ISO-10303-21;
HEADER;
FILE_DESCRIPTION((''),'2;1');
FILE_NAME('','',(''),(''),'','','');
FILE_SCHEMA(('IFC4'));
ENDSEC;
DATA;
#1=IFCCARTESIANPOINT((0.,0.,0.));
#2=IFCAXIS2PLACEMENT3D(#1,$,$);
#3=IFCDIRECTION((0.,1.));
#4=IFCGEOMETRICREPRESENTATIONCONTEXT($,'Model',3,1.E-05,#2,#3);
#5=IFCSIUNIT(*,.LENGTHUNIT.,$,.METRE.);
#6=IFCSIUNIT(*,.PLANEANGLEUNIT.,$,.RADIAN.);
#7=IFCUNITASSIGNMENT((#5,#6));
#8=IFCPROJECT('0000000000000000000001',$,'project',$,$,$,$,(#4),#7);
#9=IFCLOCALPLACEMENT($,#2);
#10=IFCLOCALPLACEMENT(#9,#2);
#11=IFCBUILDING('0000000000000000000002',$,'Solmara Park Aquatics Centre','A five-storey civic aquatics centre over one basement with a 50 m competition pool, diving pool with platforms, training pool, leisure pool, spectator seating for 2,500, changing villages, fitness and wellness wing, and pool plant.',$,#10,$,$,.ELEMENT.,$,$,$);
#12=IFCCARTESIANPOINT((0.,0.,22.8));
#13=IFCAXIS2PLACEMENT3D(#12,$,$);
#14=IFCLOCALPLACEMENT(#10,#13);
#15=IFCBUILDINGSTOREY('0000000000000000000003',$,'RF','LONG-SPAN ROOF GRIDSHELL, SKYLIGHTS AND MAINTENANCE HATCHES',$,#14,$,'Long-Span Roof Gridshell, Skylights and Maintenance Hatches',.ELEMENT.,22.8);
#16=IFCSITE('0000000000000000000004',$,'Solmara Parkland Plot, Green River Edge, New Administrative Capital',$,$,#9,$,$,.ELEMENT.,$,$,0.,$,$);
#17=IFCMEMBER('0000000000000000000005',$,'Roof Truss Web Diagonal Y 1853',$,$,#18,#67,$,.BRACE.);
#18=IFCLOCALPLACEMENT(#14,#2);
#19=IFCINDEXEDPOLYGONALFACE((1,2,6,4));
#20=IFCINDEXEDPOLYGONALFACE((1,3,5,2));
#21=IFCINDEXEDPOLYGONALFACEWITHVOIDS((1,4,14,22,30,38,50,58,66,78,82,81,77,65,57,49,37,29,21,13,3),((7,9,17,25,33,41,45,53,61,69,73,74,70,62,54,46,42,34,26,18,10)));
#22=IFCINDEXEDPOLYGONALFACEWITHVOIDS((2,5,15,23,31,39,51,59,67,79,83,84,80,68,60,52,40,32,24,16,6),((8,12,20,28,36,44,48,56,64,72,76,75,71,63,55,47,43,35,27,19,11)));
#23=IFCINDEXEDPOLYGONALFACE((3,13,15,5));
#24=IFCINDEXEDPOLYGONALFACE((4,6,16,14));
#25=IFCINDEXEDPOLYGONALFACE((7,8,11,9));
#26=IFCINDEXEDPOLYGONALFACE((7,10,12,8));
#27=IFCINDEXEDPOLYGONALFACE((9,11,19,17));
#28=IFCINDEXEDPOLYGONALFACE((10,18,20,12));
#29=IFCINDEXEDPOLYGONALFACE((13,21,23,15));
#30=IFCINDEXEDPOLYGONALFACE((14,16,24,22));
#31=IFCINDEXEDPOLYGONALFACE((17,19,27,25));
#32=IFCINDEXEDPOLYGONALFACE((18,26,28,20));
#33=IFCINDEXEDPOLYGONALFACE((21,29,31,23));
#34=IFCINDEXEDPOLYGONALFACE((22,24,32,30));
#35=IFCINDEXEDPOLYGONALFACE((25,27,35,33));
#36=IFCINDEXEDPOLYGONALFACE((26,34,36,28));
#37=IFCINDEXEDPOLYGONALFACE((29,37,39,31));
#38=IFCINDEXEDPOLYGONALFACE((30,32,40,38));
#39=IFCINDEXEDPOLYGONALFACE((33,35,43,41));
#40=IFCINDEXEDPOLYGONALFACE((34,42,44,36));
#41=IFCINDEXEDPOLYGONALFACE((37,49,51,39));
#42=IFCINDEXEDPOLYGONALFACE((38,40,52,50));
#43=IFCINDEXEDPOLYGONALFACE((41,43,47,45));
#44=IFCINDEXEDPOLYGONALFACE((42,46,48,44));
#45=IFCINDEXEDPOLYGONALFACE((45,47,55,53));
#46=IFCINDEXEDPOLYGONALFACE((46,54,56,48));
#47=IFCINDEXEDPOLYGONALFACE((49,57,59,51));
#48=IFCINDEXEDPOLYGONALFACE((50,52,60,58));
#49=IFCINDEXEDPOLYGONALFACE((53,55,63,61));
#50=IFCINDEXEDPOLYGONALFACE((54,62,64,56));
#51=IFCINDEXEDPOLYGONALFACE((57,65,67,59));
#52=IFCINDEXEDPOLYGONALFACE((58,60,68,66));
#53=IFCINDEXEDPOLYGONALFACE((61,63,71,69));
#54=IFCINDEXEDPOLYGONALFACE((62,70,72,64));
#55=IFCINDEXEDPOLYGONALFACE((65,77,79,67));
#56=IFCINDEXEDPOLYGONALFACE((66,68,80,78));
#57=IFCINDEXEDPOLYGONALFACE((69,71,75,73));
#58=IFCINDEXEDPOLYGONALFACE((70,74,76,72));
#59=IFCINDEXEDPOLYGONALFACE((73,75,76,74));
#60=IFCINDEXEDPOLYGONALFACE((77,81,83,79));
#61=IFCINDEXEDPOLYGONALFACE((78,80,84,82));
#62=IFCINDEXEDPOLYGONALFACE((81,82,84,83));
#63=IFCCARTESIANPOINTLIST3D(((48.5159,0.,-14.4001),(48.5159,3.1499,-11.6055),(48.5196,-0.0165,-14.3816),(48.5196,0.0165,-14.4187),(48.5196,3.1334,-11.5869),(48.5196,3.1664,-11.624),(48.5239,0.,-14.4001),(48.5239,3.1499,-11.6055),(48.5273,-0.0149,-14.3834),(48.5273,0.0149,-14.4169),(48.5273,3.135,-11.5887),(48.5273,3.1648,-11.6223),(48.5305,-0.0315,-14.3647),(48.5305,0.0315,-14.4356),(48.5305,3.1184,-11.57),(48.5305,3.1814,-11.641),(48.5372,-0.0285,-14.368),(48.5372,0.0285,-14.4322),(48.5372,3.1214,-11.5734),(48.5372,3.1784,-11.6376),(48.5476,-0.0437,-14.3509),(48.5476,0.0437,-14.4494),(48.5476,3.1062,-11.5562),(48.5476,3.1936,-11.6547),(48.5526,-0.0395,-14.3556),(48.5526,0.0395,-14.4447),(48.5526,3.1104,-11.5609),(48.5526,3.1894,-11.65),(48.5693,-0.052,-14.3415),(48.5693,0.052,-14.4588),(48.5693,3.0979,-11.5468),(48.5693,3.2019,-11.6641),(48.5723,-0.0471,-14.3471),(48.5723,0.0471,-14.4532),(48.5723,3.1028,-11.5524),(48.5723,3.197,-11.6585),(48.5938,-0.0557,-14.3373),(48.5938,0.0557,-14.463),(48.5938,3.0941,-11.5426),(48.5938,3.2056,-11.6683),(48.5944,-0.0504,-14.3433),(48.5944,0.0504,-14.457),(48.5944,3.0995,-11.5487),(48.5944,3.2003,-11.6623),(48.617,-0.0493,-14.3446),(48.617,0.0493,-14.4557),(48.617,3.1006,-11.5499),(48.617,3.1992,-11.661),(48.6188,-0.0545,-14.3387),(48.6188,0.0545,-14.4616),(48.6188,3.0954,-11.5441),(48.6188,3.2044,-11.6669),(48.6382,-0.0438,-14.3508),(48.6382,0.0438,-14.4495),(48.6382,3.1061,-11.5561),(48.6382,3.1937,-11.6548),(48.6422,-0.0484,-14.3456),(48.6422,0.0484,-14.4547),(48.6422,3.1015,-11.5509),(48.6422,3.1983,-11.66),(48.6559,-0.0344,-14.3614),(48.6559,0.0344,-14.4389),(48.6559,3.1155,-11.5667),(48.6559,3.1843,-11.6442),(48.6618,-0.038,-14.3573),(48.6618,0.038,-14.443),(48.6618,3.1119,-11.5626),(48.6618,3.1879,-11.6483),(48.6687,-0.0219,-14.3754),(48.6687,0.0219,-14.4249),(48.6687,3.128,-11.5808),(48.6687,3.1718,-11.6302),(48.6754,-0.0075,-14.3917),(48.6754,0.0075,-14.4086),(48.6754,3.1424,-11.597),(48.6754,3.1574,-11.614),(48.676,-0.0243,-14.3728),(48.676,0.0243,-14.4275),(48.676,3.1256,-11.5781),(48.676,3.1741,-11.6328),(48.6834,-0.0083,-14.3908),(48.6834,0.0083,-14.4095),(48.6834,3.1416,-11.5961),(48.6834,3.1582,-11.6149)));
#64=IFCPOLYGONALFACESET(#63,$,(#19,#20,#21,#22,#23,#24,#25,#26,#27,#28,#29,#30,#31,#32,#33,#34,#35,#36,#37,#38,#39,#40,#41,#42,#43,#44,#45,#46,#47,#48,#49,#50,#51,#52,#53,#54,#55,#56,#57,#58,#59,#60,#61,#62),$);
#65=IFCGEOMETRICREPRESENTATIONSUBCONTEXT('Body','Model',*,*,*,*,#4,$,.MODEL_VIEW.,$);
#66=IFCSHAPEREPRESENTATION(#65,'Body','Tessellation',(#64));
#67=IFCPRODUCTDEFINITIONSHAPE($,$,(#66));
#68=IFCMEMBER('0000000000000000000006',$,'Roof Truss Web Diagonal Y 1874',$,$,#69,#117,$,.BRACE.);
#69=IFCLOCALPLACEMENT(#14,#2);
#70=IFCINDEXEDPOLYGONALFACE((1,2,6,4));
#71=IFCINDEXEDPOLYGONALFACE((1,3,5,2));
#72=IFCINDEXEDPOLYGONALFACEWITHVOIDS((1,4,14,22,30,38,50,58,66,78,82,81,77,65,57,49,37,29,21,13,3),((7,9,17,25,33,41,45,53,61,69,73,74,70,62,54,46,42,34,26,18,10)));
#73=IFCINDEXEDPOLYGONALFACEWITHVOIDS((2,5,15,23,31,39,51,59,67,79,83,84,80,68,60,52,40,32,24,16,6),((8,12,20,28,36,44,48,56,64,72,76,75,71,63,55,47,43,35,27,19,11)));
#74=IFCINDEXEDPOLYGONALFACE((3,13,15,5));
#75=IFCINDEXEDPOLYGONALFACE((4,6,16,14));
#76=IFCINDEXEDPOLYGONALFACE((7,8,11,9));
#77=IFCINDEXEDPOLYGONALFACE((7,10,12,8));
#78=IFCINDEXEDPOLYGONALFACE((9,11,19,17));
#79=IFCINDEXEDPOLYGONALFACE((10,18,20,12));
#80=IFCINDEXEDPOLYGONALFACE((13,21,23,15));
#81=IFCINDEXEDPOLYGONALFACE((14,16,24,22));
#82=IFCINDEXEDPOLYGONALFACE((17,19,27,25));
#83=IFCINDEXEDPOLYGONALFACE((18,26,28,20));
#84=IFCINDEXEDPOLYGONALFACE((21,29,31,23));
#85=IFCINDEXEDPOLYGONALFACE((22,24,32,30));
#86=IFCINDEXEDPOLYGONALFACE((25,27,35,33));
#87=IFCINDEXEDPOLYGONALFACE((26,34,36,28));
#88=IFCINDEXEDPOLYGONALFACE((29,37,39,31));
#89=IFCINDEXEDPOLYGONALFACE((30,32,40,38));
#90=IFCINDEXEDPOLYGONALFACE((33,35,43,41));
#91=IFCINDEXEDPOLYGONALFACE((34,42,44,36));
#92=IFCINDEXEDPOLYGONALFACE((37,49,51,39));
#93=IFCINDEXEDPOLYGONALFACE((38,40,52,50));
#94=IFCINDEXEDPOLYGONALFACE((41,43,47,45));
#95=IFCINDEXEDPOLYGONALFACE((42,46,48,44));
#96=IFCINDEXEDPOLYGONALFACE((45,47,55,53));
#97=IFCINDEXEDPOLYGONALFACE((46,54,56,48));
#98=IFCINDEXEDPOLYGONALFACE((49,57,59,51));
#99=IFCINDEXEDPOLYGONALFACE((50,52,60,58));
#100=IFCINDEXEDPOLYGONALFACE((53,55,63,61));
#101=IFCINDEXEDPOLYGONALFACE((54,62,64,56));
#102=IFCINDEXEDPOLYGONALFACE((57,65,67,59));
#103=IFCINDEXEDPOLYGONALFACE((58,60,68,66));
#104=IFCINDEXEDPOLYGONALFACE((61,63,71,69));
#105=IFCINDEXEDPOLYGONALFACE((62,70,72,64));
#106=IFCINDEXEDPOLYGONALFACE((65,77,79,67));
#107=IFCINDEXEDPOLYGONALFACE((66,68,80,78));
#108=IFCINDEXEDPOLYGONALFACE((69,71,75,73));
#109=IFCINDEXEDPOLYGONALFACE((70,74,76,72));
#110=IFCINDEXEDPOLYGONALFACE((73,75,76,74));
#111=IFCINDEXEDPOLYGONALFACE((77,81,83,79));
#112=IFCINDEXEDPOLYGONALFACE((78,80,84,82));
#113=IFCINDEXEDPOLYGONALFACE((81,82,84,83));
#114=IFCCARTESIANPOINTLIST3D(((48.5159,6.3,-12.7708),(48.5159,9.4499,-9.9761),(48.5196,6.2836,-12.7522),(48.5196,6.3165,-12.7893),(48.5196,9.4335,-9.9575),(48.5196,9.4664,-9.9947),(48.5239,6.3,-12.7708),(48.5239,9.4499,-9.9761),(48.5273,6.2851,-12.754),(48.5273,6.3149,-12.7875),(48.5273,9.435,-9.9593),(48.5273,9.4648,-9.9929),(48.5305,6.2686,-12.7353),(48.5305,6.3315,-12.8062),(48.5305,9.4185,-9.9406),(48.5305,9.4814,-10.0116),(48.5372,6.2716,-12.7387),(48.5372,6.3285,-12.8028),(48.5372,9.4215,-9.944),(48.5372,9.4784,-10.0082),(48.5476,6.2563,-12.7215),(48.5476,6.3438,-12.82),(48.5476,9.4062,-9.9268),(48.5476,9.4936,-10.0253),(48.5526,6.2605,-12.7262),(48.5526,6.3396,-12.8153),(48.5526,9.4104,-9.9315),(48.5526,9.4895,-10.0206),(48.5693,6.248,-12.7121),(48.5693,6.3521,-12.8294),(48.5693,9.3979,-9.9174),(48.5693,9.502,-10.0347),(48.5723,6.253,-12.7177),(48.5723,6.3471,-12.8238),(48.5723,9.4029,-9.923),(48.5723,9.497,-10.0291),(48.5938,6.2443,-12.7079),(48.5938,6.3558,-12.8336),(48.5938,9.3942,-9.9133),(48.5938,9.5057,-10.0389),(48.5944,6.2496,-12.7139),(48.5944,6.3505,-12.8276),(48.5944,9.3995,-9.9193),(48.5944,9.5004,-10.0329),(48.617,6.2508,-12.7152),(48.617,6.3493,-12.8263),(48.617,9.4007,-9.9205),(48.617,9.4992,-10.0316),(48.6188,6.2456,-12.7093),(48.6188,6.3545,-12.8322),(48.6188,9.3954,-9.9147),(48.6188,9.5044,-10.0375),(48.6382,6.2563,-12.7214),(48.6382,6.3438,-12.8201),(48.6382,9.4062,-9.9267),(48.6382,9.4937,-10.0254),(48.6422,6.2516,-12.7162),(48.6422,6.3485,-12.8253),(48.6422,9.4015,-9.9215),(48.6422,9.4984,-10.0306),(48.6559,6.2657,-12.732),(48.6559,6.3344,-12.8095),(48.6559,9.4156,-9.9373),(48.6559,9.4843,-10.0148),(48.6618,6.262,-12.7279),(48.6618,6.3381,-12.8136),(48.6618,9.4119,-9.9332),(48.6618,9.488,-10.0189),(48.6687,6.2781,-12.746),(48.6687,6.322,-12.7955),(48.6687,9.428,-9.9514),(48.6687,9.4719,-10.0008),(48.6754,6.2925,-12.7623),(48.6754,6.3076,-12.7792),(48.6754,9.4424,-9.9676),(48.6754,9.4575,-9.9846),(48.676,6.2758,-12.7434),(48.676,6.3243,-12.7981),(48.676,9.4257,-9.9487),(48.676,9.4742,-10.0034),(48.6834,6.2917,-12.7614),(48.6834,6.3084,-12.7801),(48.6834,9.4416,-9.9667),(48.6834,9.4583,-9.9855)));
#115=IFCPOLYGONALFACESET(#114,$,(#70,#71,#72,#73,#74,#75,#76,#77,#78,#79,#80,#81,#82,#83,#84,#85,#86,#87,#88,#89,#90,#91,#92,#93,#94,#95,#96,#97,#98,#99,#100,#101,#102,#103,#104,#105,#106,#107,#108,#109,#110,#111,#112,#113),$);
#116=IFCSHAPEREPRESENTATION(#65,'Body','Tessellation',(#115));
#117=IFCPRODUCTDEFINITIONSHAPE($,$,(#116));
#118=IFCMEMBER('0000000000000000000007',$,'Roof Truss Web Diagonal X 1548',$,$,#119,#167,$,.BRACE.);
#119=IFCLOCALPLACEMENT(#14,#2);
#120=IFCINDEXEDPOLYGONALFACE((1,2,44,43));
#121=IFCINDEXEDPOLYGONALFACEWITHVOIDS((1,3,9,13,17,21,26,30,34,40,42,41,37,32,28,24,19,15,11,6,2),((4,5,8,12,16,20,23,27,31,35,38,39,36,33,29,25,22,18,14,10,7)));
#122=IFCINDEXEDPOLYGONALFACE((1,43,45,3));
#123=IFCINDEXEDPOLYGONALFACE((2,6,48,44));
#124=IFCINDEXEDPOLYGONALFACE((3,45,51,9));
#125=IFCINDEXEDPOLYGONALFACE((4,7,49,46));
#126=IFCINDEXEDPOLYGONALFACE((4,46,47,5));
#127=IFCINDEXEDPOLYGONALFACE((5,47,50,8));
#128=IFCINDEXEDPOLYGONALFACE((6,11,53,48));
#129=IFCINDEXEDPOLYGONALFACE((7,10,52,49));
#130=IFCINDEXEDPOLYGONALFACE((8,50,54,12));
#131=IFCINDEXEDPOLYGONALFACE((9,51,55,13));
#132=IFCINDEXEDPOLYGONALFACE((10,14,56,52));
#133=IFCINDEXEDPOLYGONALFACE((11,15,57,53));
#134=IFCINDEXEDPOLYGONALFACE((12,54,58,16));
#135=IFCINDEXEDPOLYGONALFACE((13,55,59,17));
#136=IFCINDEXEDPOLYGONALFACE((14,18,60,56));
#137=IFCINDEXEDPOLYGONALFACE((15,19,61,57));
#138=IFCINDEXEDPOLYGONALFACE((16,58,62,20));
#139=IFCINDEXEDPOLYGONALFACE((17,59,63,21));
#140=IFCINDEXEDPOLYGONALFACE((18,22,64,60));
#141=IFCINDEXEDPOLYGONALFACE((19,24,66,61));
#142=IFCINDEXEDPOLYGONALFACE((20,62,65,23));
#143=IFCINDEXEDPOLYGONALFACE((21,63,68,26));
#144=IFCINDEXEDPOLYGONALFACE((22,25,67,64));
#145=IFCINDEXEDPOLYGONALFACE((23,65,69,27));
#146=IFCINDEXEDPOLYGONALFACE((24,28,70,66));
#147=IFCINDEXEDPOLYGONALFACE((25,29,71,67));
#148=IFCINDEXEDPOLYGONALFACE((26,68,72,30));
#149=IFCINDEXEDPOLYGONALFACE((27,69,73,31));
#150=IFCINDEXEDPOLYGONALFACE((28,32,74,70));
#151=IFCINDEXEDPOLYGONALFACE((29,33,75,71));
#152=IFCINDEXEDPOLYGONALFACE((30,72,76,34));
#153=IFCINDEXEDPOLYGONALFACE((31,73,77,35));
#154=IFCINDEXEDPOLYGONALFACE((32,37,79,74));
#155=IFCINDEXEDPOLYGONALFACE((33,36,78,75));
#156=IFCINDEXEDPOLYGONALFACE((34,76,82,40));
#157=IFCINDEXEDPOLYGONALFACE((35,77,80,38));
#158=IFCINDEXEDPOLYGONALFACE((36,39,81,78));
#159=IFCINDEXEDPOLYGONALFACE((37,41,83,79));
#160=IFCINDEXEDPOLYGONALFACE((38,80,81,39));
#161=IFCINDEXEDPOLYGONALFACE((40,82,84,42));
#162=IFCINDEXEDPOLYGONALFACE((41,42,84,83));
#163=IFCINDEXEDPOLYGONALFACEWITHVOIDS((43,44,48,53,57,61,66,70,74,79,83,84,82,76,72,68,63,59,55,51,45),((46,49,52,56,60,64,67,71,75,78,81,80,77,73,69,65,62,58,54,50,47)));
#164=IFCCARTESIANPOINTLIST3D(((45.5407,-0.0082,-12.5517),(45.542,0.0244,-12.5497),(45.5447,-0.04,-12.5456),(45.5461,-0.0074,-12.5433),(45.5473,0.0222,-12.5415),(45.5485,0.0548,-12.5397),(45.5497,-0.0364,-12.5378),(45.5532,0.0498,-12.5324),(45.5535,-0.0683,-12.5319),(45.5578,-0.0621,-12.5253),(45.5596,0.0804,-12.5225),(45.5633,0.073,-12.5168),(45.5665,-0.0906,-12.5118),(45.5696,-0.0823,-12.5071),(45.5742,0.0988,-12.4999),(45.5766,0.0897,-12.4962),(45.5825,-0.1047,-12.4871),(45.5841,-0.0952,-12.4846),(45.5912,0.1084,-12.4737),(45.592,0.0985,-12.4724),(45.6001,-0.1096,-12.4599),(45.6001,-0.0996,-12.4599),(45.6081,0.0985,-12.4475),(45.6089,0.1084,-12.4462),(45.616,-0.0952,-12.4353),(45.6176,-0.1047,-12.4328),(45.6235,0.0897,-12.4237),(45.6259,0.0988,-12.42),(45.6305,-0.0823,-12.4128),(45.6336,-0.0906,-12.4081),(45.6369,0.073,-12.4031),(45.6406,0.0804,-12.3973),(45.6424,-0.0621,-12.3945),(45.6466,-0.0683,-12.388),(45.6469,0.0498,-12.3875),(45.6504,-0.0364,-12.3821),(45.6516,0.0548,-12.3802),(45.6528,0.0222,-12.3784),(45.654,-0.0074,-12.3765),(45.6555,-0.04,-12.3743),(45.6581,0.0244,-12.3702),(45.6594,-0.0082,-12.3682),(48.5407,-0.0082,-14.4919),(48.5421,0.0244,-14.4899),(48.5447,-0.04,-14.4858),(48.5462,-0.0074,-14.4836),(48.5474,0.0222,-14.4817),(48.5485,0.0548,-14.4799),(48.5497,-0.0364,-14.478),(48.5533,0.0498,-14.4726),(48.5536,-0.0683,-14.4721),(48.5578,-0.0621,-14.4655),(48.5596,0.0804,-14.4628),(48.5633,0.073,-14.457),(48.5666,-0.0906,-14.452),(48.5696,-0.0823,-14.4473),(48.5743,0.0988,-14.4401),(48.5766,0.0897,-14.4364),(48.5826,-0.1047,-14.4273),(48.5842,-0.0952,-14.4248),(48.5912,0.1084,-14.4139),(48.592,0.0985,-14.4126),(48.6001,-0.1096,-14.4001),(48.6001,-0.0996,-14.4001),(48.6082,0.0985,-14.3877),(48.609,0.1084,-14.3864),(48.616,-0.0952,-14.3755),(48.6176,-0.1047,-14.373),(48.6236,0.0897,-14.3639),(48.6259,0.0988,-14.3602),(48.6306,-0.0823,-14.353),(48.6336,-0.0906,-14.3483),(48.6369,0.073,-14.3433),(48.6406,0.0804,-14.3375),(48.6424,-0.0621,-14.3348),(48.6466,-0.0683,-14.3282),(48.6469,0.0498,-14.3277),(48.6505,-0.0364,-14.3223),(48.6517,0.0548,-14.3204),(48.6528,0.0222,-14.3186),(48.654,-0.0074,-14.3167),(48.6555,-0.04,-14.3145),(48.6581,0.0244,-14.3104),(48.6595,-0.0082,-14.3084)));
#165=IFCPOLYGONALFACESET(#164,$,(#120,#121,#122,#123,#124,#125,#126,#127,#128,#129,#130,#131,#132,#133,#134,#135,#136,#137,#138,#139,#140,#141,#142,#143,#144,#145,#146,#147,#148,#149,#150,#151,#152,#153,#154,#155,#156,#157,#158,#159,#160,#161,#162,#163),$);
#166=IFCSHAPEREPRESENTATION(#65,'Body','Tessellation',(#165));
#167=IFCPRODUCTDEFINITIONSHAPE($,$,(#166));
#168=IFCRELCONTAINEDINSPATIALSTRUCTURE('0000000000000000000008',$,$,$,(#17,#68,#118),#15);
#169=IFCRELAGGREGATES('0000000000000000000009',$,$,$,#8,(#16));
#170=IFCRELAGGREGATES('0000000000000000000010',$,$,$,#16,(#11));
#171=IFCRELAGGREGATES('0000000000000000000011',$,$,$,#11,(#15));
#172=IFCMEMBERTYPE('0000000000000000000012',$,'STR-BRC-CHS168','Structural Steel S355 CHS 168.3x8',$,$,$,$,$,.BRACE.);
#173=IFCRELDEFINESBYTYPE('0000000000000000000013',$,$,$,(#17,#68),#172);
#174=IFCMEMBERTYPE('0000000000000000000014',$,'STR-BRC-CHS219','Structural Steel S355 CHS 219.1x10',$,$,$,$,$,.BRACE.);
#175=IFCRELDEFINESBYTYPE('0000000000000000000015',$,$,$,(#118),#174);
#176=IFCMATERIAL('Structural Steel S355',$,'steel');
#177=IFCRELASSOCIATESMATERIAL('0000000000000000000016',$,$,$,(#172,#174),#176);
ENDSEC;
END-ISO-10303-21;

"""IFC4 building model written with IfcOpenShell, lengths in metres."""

from ifc_helpers import new_model, si_unit, direction, frame, origin, origin_2d, place, context, subcontext, project, spatial, hollow_circle, extrude, material, material_profile, profile_set, type_object, element, save


model = new_model("IFC4")

# Units and contexts
model_context = context("Model", 3, precision=1e-05, world=origin(), true_north=direction((0.0, 1.0)))
body_context = subcontext(model_context, "Body", "Model", "MODEL_VIEW")
ifc_project = project(units=[si_unit("LENGTHUNIT", "METRE"), si_unit("PLANEANGLEUNIT", "RADIAN")], contexts=[model_context])

# Site, building, storey
site_placement = place(None, origin())
site = spatial("IfcSite", under=ifc_project, at=site_placement, Name="Solmara Parkland Plot, Green River Edge, New Administrative Capital", CompositionType="ELEMENT", RefElevation=0.0)
building_placement = place(site_placement, origin())
building = spatial("IfcBuilding", under=site, at=building_placement, Name="Solmara Park Aquatics Centre", Description="A five-storey civic aquatics centre over one basement with a 50 m competition pool, diving pool with platforms, training pool, leisure pool, spectator seating for 2,500, changing villages, fitness and wellness wing, and pool plant.", CompositionType="ELEMENT")
storey_placement = place(building_placement, frame((0.0, 0.0, 22.8)))
storey = spatial("IfcBuildingStorey", under=building, at=storey_placement, Name="RF", Description="LONG-SPAN ROOF GRIDSHELL, SKYLIGHTS AND MAINTENANCE HATCHES", LongName="Long-Span Roof Gridshell, Skylights and Maintenance Hatches", CompositionType="ELEMENT", Elevation=22.8)

# Members
ifc_material_1 = material(Name="Structural Steel S355", Category="steel")
ifc_material_profile_1 = material_profile(ifc_material_1, hollow_circle(Radius=0.0842, WallThickness=0.0081, at=origin_2d()), Name="CHS 168.3x8")
ifc_profile_set_1 = profile_set([ifc_material_profile_1], Name="Structural Steel S355")
member_type_1 = type_object("IfcMemberType", Name="STR-BRC-CHS168", Description="Structural Steel S355 CHS 168.3x8", PredefinedType="BRACE", material=ifc_profile_set_1)
for number, where, z_axis, x_axis, name in (
    (1, (48.6001, 0.0, -14.4001), (0.0, 0.748026, 0.663669), (-1.0, 0.0, 0.0), "Roof Truss Web Diagonal Y 1853"),
    (2, (48.6001, 6.3, -12.7708), (0.0, 0.748026, 0.663669), (-1.0, 0.0, 0.0), "Roof Truss Web Diagonal Y 1874"),
):
    element("IfcMember", number, at=place(storey_placement, frame(where, z_axis=z_axis, x_axis=x_axis)), inside=storey, type_object=member_type_1, Name=name, PredefinedType="BRACE", context=body_context, shape_type="SweptSolid", body=[
        extrude(hollow_circle(Radius=0.0842, WallThickness=0.0081, at=origin_2d()), origin(), (0.0, 0.0, 1.0), 4.2109),
    ])
ifc_material_profile_2 = material_profile(ifc_material_1, hollow_circle(Radius=0.1096, WallThickness=0.01, at=origin_2d()), Name="CHS 219.1x10")
ifc_profile_set_2 = profile_set([ifc_material_profile_2], Name="Structural Steel S355")
member_type_2 = type_object("IfcMemberType", Name="STR-BRC-CHS219", Description="Structural Steel S355 CHS 219.1x10", PredefinedType="BRACE", material=ifc_profile_set_2)
for number, where, z_axis, x_axis, name in (
    (3, (48.6001, 0.0, -14.4001), (-0.839697, 0.0, 0.543056), (0.0, -1.0, 0.0), "Roof Truss Web Diagonal X 1548"),
):
    element("IfcMember", number, at=place(storey_placement, frame(where, z_axis=z_axis, x_axis=x_axis)), inside=storey, type_object=member_type_2, Name=name, PredefinedType="BRACE", context=body_context, shape_type="SweptSolid", body=[
        extrude(hollow_circle(Radius=0.1096, WallThickness=0.01, at=origin_2d()), origin(), (0.0, 0.0, 1.0), 3.5728),
    ])

save(model, "model.ifc")
